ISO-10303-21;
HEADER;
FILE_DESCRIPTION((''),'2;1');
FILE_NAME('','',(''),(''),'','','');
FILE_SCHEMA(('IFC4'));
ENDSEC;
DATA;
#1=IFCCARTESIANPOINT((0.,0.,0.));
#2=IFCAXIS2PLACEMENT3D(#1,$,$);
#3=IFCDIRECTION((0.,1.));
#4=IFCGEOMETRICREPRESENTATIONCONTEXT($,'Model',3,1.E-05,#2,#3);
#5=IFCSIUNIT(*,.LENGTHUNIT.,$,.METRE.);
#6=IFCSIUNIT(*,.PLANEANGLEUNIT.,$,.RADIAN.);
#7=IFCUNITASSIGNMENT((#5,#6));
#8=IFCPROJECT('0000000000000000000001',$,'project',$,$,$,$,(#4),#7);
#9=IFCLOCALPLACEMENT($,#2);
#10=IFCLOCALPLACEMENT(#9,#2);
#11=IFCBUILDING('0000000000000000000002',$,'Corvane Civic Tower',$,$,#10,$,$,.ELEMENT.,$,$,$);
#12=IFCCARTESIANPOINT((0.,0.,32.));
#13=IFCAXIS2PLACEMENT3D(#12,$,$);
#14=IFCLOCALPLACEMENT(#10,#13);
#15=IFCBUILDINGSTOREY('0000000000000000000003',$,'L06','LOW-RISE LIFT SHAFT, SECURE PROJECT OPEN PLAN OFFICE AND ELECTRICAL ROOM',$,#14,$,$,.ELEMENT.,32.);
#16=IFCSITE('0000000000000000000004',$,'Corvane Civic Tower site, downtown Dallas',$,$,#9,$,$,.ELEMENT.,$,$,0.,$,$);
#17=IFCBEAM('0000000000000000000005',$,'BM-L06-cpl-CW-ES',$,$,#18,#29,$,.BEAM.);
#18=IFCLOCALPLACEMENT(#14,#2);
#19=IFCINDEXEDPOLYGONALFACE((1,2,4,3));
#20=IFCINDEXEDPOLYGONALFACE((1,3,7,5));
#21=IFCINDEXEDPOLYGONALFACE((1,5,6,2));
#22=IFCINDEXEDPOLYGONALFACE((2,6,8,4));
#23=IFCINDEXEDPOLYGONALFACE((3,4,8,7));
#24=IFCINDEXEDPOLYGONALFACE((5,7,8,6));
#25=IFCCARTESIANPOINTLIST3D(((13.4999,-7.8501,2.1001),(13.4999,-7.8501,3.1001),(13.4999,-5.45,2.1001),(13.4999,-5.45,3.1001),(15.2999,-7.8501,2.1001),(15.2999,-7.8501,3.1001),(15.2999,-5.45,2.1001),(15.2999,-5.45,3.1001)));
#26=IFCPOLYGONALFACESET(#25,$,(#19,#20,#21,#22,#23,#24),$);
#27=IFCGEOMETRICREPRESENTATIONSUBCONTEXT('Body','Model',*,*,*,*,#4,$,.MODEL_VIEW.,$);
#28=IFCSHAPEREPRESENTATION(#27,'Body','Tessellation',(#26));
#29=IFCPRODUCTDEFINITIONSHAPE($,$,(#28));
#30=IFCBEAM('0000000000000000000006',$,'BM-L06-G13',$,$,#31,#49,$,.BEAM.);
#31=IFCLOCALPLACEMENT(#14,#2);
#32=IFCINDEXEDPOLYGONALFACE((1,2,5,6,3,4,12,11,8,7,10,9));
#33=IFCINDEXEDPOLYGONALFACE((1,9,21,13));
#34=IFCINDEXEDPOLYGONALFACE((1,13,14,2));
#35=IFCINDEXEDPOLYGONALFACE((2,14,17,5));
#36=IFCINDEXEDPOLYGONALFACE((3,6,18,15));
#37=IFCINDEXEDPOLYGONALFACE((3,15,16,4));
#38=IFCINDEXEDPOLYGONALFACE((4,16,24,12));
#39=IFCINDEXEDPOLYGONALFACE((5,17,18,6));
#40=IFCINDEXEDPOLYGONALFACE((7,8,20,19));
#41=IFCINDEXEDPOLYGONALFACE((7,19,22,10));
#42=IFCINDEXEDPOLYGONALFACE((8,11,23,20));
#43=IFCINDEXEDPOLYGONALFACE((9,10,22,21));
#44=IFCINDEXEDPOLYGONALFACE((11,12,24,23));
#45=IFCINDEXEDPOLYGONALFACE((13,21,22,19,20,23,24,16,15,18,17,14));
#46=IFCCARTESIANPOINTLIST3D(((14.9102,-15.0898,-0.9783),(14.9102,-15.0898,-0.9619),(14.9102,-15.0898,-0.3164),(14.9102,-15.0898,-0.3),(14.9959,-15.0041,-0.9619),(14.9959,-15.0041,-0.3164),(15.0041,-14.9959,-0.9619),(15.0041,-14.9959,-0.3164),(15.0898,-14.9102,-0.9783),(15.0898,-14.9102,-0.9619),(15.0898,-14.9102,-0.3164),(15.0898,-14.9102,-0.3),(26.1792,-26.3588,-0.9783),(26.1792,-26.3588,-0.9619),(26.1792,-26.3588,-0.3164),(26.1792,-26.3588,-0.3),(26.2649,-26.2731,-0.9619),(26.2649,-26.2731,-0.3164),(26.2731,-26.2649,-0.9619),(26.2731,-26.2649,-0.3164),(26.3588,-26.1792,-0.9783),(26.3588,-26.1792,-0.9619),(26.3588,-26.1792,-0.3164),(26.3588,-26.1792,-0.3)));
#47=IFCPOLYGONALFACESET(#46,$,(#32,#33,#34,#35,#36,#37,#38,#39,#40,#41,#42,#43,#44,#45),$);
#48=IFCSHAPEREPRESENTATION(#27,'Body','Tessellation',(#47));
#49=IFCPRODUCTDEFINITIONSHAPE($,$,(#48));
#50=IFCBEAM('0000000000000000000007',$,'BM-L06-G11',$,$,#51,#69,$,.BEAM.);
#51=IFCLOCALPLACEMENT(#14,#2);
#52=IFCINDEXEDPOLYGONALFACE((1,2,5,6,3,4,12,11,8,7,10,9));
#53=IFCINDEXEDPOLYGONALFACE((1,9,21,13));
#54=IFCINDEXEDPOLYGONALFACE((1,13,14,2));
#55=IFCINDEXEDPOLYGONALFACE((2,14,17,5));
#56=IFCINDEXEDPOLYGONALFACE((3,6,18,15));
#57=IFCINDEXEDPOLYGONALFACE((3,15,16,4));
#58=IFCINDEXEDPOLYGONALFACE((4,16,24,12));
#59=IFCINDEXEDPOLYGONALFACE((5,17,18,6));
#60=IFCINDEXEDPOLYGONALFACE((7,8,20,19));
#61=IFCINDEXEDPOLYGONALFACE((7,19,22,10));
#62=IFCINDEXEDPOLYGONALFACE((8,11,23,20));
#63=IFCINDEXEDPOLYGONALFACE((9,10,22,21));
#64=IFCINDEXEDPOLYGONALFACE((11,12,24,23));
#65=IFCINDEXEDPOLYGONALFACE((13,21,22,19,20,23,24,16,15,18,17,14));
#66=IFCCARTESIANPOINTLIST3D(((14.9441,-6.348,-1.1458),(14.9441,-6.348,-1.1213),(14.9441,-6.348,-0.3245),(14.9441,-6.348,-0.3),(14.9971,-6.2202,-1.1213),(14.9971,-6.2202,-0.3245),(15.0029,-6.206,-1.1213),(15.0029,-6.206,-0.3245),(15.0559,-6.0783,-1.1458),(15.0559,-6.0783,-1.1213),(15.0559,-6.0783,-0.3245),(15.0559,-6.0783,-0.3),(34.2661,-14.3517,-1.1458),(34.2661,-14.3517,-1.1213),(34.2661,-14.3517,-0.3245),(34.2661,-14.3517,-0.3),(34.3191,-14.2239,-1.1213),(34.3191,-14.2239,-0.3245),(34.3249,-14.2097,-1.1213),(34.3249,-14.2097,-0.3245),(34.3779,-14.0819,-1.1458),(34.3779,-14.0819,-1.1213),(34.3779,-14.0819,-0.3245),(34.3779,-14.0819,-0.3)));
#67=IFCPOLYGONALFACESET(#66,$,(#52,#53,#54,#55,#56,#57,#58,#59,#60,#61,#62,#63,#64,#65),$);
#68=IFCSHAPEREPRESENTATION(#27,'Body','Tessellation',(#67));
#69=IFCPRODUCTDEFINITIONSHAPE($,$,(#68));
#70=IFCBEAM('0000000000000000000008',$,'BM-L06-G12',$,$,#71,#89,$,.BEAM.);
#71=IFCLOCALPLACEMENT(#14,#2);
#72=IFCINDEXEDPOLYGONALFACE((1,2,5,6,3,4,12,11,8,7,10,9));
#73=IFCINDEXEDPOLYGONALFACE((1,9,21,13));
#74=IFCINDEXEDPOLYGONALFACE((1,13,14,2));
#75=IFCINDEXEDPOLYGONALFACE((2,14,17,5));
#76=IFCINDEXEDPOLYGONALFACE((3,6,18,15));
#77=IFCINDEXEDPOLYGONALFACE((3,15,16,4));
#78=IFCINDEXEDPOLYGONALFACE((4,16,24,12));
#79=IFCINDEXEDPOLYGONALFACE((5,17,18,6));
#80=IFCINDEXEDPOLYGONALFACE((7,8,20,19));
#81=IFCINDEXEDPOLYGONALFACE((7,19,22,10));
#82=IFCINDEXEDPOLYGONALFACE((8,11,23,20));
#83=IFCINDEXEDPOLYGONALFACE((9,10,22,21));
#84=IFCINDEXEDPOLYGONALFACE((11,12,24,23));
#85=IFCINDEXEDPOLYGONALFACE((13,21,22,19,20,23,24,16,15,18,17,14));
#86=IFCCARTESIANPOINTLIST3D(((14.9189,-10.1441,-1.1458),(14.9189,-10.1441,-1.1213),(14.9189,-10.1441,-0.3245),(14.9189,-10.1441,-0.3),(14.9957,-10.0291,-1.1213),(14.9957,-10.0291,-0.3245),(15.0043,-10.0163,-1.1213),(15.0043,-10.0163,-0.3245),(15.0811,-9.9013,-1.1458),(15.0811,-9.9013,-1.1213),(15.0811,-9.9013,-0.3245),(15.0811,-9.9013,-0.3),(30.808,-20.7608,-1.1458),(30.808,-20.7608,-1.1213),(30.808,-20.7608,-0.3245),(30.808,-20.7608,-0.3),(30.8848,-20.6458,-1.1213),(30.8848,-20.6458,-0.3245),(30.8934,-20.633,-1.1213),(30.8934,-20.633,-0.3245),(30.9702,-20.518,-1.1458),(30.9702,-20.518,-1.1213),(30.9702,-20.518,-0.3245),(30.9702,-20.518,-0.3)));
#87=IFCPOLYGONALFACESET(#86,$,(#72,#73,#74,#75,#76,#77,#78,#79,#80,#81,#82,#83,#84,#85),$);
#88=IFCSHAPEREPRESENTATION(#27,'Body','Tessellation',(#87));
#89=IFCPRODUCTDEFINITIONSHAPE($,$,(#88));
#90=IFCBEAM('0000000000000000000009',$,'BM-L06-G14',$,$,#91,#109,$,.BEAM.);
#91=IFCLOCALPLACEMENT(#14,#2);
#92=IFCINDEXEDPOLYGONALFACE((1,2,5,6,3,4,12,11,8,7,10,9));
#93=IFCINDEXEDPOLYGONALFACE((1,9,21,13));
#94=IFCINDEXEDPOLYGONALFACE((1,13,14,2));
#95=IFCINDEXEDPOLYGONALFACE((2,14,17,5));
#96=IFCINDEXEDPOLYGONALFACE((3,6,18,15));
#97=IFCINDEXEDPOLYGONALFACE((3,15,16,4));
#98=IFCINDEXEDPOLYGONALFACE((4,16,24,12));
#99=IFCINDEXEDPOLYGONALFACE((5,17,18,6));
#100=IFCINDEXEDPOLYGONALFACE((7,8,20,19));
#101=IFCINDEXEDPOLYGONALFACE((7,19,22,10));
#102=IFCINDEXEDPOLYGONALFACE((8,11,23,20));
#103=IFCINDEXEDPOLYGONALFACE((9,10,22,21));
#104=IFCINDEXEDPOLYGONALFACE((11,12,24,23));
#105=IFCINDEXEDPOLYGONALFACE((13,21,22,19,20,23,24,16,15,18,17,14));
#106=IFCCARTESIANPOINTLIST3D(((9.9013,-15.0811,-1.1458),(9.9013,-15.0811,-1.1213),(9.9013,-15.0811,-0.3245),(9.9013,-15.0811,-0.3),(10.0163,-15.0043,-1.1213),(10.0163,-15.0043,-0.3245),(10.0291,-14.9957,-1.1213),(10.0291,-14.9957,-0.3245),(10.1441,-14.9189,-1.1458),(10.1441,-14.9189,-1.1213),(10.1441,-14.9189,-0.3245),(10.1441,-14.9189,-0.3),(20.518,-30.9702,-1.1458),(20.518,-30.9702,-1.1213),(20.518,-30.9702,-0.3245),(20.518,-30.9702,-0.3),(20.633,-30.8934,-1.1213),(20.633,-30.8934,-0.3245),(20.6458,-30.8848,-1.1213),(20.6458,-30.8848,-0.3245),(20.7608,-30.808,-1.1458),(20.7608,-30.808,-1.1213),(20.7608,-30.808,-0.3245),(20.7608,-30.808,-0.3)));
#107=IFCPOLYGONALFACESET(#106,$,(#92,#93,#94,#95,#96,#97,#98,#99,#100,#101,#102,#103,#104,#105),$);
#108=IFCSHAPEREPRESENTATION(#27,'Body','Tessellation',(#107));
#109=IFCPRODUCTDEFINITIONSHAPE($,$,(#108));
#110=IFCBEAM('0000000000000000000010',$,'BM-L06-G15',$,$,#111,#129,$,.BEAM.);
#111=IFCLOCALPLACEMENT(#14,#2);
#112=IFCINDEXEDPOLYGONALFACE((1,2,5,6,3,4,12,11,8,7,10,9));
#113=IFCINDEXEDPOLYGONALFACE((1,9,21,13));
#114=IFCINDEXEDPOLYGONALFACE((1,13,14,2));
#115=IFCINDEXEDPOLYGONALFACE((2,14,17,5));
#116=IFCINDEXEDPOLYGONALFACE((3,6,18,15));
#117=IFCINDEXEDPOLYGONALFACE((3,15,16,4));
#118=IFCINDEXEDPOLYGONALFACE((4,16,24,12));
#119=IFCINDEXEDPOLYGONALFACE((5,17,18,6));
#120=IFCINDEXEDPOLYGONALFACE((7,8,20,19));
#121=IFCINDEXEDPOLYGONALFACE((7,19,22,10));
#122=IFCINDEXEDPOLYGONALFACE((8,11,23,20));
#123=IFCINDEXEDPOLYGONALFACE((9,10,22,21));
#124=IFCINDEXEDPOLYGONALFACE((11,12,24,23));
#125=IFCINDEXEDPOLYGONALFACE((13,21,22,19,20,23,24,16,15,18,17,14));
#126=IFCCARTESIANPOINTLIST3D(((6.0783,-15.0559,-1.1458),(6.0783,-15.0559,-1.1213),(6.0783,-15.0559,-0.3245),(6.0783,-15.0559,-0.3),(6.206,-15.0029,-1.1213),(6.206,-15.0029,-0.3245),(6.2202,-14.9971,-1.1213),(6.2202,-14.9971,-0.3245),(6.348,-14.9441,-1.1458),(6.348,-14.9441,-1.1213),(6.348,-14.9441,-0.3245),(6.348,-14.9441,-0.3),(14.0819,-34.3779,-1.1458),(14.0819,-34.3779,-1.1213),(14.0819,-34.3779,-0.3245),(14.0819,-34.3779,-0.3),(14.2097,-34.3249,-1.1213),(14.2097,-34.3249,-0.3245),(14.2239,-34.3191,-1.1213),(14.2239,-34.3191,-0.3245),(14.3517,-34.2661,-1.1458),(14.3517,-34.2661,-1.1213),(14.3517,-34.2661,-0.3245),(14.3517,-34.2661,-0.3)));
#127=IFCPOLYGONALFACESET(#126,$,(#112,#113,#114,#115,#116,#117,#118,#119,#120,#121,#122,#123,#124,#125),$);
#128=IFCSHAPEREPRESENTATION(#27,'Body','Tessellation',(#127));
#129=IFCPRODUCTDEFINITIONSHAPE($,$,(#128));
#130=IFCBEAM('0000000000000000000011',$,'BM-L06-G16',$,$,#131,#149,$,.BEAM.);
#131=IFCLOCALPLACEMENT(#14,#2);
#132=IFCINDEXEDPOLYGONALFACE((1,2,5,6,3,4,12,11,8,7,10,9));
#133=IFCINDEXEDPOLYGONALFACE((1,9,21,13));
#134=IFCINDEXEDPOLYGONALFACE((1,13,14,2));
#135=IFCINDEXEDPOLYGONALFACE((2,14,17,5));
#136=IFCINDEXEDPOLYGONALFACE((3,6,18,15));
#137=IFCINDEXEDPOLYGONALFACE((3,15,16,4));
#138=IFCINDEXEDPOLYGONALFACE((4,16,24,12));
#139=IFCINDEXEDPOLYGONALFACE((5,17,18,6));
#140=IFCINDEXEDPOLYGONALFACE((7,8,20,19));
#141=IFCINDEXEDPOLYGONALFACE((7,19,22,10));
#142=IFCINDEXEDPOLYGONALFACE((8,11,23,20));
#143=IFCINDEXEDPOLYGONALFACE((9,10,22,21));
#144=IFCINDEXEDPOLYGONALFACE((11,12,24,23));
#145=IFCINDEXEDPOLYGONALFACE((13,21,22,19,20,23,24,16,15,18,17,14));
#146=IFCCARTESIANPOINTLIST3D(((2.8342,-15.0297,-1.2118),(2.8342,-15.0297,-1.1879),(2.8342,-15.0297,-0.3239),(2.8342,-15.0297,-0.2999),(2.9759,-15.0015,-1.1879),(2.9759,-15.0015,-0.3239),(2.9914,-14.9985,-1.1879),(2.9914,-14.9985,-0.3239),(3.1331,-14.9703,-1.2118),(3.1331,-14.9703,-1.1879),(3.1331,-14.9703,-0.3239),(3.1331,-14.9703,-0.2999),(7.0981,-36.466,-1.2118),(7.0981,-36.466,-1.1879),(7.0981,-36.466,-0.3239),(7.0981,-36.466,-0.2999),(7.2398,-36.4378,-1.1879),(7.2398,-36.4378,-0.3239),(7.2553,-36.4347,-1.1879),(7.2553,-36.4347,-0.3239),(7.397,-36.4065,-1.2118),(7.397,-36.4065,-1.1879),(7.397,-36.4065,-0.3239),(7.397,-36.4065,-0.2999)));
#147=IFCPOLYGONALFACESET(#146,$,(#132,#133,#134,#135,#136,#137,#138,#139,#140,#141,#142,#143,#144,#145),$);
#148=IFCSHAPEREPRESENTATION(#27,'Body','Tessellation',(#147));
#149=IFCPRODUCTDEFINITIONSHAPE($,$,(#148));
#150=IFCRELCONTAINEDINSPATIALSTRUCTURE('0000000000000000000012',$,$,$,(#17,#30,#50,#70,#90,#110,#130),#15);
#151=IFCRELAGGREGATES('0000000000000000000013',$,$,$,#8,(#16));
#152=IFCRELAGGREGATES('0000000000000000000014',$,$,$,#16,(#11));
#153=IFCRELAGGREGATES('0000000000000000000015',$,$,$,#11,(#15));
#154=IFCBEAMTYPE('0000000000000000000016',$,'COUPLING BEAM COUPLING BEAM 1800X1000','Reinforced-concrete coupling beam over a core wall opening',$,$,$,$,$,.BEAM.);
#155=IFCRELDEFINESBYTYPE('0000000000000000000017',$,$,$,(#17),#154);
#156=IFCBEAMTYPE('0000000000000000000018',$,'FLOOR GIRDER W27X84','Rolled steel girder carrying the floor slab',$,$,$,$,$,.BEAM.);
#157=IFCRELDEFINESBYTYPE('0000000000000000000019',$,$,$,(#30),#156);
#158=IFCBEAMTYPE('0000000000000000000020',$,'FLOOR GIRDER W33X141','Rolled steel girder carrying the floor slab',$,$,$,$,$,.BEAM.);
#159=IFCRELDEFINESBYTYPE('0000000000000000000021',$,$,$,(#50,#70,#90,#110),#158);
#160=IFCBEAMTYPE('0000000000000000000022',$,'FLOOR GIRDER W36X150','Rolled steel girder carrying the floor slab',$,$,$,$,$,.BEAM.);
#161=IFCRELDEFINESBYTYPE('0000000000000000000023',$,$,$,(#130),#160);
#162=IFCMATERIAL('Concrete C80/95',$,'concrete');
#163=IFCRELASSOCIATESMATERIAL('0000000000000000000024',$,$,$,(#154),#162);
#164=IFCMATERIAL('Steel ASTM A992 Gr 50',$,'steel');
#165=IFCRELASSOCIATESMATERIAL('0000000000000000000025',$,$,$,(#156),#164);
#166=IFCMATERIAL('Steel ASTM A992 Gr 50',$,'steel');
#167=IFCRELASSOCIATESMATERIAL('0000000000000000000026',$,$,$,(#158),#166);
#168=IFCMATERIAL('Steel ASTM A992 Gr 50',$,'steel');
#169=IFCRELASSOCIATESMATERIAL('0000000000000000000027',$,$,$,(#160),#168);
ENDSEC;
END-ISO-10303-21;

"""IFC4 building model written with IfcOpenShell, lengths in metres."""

from ifc_helpers import new_model, si_unit, direction, frame, origin, origin_2d, place, context, subcontext, project, spatial, rectangle, i_section, extrude, material, material_profile, profile_set, type_object, element, save


model = new_model("IFC4")

# Units and contexts
model_context = context("Model", 3, precision=1e-05, world=origin(), true_north=direction((0.0, 1.0)))
body_context = subcontext(model_context, "Body", "Model", "MODEL_VIEW")
ifc_project = project(units=[si_unit("LENGTHUNIT", "METRE"), si_unit("PLANEANGLEUNIT", "RADIAN")], contexts=[model_context])

# Site, building, storey
site_placement = place(None, origin())
site = spatial("IfcSite", under=ifc_project, at=site_placement, Name="Corvane Civic Tower site, downtown Dallas", CompositionType="ELEMENT", RefElevation=0.0)
building_placement = place(site_placement, origin())
building = spatial("IfcBuilding", under=site, at=building_placement, Name="Corvane Civic Tower", CompositionType="ELEMENT")
storey_placement = place(building_placement, frame((0.0, 0.0, 32.0)))
storey = spatial("IfcBuildingStorey", under=building, at=storey_placement, Name="L06", Description="LOW-RISE LIFT SHAFT, SECURE PROJECT OPEN PLAN OFFICE AND ELECTRICAL ROOM", CompositionType="ELEMENT", Elevation=32.0)

# Beams
ifc_material_1 = material(Name="Concrete C80/95", Category="concrete")
ifc_material_profile_1 = material_profile(ifc_material_1, rectangle(XDim=1.8, YDim=1.0, at=origin_2d()), Name="COUPLING BEAM 1800X1000")
ifc_profile_set_1 = profile_set([ifc_material_profile_1], Name="Concrete C80/95")
beam_type_1 = type_object("IfcBeamType", Name="COUPLING BEAM COUPLING BEAM 1800X1000", Description="Reinforced-concrete coupling beam over a core wall opening", PredefinedType="BEAM", material=ifc_profile_set_1)
beam_1_placement = place(storey_placement, frame((14.3999, -7.8501, 2.6001), z_axis=(0.0, 1.0, 0.0), x_axis=(-1.0, 0.0, 0.0)))
element("IfcBeam", 1, at=beam_1_placement, inside=storey, type_object=beam_type_1, Name="BM-L06-cpl-CW-ES", PredefinedType="BEAM", context=body_context, shape_type="SweptSolid", body=[
    extrude(rectangle(XDim=1.8, YDim=1.0, at=origin_2d()), origin(), (0.0, 0.0, 1.0), 2.4001),
])
ifc_material_2 = material(Name="Steel ASTM A992 Gr 50", Category="steel")
ifc_material_profile_2 = material_profile(ifc_material_2, i_section(OverallWidth=0.2539, OverallDepth=0.6782, WebThickness=0.0117, FlangeThickness=0.0164, at=origin_2d()), Name="W27X84")
ifc_profile_set_2 = profile_set([ifc_material_profile_2], Name="Steel ASTM A992 Gr 50")
beam_type_2 = type_object("IfcBeamType", Name="FLOOR GIRDER W27X84", Description="Rolled steel girder carrying the floor slab", PredefinedType="BEAM", material=ifc_profile_set_2)
beam_2_placement = place(storey_placement, frame((15.0, -15.0, -0.6392), z_axis=(0.707107, -0.707107, 0.0), x_axis=(0.707107, 0.707107, 0.0)))
element("IfcBeam", 2, at=beam_2_placement, inside=storey, type_object=beam_type_2, Name="BM-L06-G13", PredefinedType="BEAM", context=body_context, shape_type="SweptSolid", body=[
    extrude(i_section(OverallWidth=0.2539, OverallDepth=0.6782, WebThickness=0.0117, FlangeThickness=0.0164, at=origin_2d()), origin(), (0.0, 0.0, 1.0), 15.9368),
])
ifc_material_3 = material(Name="Steel ASTM A992 Gr 50", Category="steel")
ifc_material_profile_3 = material_profile(ifc_material_3, i_section(OverallWidth=0.292, OverallDepth=0.8457, WebThickness=0.0154, FlangeThickness=0.0244, at=origin_2d()), Name="W33X141")
ifc_profile_set_3 = profile_set([ifc_material_profile_3], Name="Steel ASTM A992 Gr 50")
beam_type_3 = type_object("IfcBeamType", Name="FLOOR GIRDER W33X141", Description="Rolled steel girder carrying the floor slab", PredefinedType="BEAM", material=ifc_profile_set_3)
beam_3_placement = place(storey_placement, frame((15.0, -6.2131, -0.7229), z_axis=(0.923876, -0.382692, 0.0), x_axis=(0.382692, 0.923876, 0.0)))
element("IfcBeam", 3, at=beam_3_placement, inside=storey, type_object=beam_type_3, Name="BM-L06-G11", PredefinedType="BEAM", context=body_context, shape_type="SweptSolid", body=[
    extrude(i_section(OverallWidth=0.292, OverallDepth=0.8457, WebThickness=0.0154, FlangeThickness=0.0244, at=origin_2d()), origin(), (0.0, 0.0, 1.0), 20.9141),
])
for number, where, z_axis, x_axis, name in (
    (4, (15.0, -10.0227, -0.7229), (0.831472, -0.555567, 0.0), (0.555567, 0.831472, 0.0), "BM-L06-G12"),
    (5, (10.0227, -15.0, -0.7229), (0.555567, -0.831472, 0.0), (0.831472, 0.555567, 0.0), "BM-L06-G14"),
):
    element("IfcBeam", number, at=place(storey_placement, frame(where, z_axis=z_axis, x_axis=x_axis)), inside=storey, type_object=beam_type_3, Name=name, PredefinedType="BEAM", context=body_context, shape_type="SweptSolid", body=[
        extrude(i_section(OverallWidth=0.292, OverallDepth=0.8457, WebThickness=0.0154, FlangeThickness=0.0244, at=origin_2d()), origin(), (0.0, 0.0, 1.0), 19.1096),
    ])
beam_4_placement = place(storey_placement, frame((6.2131, -15.0, -0.7229), z_axis=(0.382692, -0.923876, 0.0), x_axis=(0.923876, 0.382692, 0.0)))
element("IfcBeam", 6, at=beam_4_placement, inside=storey, type_object=beam_type_3, Name="BM-L06-G15", PredefinedType="BEAM", context=body_context, shape_type="SweptSolid", body=[
    extrude(i_section(OverallWidth=0.292, OverallDepth=0.8457, WebThickness=0.0154, FlangeThickness=0.0244, at=origin_2d()), origin(), (0.0, 0.0, 1.0), 20.9141),
])
ifc_material_4 = material(Name="Steel ASTM A992 Gr 50", Category="steel")
ifc_material_profile_4 = material_profile(ifc_material_4, i_section(OverallWidth=0.3047, OverallDepth=0.9119, WebThickness=0.0159, FlangeThickness=0.0239, at=origin_2d()), Name="W36X150")
ifc_profile_set_4 = profile_set([ifc_material_profile_4], Name="Steel ASTM A992 Gr 50")
beam_type_4 = type_object("IfcBeamType", Name="FLOOR GIRDER W36X150", Description="Rolled steel girder carrying the floor slab", PredefinedType="BEAM", material=ifc_profile_set_4)
beam_5_placement = place(storey_placement, frame((2.9836, -15.0, -0.7559), z_axis=(0.195089, -0.980785, 0.0), x_axis=(0.980785, 0.195089, 0.0)))
element("IfcBeam", 7, at=beam_5_placement, inside=storey, type_object=beam_type_4, Name="BM-L06-G16", PredefinedType="BEAM", context=body_context, shape_type="SweptSolid", body=[
    extrude(i_section(OverallWidth=0.3047, OverallDepth=0.9119, WebThickness=0.0159, FlangeThickness=0.0239, at=origin_2d()), origin(), (0.0, 0.0, 1.0), 21.8562),
])

save(model, "model.ifc")
